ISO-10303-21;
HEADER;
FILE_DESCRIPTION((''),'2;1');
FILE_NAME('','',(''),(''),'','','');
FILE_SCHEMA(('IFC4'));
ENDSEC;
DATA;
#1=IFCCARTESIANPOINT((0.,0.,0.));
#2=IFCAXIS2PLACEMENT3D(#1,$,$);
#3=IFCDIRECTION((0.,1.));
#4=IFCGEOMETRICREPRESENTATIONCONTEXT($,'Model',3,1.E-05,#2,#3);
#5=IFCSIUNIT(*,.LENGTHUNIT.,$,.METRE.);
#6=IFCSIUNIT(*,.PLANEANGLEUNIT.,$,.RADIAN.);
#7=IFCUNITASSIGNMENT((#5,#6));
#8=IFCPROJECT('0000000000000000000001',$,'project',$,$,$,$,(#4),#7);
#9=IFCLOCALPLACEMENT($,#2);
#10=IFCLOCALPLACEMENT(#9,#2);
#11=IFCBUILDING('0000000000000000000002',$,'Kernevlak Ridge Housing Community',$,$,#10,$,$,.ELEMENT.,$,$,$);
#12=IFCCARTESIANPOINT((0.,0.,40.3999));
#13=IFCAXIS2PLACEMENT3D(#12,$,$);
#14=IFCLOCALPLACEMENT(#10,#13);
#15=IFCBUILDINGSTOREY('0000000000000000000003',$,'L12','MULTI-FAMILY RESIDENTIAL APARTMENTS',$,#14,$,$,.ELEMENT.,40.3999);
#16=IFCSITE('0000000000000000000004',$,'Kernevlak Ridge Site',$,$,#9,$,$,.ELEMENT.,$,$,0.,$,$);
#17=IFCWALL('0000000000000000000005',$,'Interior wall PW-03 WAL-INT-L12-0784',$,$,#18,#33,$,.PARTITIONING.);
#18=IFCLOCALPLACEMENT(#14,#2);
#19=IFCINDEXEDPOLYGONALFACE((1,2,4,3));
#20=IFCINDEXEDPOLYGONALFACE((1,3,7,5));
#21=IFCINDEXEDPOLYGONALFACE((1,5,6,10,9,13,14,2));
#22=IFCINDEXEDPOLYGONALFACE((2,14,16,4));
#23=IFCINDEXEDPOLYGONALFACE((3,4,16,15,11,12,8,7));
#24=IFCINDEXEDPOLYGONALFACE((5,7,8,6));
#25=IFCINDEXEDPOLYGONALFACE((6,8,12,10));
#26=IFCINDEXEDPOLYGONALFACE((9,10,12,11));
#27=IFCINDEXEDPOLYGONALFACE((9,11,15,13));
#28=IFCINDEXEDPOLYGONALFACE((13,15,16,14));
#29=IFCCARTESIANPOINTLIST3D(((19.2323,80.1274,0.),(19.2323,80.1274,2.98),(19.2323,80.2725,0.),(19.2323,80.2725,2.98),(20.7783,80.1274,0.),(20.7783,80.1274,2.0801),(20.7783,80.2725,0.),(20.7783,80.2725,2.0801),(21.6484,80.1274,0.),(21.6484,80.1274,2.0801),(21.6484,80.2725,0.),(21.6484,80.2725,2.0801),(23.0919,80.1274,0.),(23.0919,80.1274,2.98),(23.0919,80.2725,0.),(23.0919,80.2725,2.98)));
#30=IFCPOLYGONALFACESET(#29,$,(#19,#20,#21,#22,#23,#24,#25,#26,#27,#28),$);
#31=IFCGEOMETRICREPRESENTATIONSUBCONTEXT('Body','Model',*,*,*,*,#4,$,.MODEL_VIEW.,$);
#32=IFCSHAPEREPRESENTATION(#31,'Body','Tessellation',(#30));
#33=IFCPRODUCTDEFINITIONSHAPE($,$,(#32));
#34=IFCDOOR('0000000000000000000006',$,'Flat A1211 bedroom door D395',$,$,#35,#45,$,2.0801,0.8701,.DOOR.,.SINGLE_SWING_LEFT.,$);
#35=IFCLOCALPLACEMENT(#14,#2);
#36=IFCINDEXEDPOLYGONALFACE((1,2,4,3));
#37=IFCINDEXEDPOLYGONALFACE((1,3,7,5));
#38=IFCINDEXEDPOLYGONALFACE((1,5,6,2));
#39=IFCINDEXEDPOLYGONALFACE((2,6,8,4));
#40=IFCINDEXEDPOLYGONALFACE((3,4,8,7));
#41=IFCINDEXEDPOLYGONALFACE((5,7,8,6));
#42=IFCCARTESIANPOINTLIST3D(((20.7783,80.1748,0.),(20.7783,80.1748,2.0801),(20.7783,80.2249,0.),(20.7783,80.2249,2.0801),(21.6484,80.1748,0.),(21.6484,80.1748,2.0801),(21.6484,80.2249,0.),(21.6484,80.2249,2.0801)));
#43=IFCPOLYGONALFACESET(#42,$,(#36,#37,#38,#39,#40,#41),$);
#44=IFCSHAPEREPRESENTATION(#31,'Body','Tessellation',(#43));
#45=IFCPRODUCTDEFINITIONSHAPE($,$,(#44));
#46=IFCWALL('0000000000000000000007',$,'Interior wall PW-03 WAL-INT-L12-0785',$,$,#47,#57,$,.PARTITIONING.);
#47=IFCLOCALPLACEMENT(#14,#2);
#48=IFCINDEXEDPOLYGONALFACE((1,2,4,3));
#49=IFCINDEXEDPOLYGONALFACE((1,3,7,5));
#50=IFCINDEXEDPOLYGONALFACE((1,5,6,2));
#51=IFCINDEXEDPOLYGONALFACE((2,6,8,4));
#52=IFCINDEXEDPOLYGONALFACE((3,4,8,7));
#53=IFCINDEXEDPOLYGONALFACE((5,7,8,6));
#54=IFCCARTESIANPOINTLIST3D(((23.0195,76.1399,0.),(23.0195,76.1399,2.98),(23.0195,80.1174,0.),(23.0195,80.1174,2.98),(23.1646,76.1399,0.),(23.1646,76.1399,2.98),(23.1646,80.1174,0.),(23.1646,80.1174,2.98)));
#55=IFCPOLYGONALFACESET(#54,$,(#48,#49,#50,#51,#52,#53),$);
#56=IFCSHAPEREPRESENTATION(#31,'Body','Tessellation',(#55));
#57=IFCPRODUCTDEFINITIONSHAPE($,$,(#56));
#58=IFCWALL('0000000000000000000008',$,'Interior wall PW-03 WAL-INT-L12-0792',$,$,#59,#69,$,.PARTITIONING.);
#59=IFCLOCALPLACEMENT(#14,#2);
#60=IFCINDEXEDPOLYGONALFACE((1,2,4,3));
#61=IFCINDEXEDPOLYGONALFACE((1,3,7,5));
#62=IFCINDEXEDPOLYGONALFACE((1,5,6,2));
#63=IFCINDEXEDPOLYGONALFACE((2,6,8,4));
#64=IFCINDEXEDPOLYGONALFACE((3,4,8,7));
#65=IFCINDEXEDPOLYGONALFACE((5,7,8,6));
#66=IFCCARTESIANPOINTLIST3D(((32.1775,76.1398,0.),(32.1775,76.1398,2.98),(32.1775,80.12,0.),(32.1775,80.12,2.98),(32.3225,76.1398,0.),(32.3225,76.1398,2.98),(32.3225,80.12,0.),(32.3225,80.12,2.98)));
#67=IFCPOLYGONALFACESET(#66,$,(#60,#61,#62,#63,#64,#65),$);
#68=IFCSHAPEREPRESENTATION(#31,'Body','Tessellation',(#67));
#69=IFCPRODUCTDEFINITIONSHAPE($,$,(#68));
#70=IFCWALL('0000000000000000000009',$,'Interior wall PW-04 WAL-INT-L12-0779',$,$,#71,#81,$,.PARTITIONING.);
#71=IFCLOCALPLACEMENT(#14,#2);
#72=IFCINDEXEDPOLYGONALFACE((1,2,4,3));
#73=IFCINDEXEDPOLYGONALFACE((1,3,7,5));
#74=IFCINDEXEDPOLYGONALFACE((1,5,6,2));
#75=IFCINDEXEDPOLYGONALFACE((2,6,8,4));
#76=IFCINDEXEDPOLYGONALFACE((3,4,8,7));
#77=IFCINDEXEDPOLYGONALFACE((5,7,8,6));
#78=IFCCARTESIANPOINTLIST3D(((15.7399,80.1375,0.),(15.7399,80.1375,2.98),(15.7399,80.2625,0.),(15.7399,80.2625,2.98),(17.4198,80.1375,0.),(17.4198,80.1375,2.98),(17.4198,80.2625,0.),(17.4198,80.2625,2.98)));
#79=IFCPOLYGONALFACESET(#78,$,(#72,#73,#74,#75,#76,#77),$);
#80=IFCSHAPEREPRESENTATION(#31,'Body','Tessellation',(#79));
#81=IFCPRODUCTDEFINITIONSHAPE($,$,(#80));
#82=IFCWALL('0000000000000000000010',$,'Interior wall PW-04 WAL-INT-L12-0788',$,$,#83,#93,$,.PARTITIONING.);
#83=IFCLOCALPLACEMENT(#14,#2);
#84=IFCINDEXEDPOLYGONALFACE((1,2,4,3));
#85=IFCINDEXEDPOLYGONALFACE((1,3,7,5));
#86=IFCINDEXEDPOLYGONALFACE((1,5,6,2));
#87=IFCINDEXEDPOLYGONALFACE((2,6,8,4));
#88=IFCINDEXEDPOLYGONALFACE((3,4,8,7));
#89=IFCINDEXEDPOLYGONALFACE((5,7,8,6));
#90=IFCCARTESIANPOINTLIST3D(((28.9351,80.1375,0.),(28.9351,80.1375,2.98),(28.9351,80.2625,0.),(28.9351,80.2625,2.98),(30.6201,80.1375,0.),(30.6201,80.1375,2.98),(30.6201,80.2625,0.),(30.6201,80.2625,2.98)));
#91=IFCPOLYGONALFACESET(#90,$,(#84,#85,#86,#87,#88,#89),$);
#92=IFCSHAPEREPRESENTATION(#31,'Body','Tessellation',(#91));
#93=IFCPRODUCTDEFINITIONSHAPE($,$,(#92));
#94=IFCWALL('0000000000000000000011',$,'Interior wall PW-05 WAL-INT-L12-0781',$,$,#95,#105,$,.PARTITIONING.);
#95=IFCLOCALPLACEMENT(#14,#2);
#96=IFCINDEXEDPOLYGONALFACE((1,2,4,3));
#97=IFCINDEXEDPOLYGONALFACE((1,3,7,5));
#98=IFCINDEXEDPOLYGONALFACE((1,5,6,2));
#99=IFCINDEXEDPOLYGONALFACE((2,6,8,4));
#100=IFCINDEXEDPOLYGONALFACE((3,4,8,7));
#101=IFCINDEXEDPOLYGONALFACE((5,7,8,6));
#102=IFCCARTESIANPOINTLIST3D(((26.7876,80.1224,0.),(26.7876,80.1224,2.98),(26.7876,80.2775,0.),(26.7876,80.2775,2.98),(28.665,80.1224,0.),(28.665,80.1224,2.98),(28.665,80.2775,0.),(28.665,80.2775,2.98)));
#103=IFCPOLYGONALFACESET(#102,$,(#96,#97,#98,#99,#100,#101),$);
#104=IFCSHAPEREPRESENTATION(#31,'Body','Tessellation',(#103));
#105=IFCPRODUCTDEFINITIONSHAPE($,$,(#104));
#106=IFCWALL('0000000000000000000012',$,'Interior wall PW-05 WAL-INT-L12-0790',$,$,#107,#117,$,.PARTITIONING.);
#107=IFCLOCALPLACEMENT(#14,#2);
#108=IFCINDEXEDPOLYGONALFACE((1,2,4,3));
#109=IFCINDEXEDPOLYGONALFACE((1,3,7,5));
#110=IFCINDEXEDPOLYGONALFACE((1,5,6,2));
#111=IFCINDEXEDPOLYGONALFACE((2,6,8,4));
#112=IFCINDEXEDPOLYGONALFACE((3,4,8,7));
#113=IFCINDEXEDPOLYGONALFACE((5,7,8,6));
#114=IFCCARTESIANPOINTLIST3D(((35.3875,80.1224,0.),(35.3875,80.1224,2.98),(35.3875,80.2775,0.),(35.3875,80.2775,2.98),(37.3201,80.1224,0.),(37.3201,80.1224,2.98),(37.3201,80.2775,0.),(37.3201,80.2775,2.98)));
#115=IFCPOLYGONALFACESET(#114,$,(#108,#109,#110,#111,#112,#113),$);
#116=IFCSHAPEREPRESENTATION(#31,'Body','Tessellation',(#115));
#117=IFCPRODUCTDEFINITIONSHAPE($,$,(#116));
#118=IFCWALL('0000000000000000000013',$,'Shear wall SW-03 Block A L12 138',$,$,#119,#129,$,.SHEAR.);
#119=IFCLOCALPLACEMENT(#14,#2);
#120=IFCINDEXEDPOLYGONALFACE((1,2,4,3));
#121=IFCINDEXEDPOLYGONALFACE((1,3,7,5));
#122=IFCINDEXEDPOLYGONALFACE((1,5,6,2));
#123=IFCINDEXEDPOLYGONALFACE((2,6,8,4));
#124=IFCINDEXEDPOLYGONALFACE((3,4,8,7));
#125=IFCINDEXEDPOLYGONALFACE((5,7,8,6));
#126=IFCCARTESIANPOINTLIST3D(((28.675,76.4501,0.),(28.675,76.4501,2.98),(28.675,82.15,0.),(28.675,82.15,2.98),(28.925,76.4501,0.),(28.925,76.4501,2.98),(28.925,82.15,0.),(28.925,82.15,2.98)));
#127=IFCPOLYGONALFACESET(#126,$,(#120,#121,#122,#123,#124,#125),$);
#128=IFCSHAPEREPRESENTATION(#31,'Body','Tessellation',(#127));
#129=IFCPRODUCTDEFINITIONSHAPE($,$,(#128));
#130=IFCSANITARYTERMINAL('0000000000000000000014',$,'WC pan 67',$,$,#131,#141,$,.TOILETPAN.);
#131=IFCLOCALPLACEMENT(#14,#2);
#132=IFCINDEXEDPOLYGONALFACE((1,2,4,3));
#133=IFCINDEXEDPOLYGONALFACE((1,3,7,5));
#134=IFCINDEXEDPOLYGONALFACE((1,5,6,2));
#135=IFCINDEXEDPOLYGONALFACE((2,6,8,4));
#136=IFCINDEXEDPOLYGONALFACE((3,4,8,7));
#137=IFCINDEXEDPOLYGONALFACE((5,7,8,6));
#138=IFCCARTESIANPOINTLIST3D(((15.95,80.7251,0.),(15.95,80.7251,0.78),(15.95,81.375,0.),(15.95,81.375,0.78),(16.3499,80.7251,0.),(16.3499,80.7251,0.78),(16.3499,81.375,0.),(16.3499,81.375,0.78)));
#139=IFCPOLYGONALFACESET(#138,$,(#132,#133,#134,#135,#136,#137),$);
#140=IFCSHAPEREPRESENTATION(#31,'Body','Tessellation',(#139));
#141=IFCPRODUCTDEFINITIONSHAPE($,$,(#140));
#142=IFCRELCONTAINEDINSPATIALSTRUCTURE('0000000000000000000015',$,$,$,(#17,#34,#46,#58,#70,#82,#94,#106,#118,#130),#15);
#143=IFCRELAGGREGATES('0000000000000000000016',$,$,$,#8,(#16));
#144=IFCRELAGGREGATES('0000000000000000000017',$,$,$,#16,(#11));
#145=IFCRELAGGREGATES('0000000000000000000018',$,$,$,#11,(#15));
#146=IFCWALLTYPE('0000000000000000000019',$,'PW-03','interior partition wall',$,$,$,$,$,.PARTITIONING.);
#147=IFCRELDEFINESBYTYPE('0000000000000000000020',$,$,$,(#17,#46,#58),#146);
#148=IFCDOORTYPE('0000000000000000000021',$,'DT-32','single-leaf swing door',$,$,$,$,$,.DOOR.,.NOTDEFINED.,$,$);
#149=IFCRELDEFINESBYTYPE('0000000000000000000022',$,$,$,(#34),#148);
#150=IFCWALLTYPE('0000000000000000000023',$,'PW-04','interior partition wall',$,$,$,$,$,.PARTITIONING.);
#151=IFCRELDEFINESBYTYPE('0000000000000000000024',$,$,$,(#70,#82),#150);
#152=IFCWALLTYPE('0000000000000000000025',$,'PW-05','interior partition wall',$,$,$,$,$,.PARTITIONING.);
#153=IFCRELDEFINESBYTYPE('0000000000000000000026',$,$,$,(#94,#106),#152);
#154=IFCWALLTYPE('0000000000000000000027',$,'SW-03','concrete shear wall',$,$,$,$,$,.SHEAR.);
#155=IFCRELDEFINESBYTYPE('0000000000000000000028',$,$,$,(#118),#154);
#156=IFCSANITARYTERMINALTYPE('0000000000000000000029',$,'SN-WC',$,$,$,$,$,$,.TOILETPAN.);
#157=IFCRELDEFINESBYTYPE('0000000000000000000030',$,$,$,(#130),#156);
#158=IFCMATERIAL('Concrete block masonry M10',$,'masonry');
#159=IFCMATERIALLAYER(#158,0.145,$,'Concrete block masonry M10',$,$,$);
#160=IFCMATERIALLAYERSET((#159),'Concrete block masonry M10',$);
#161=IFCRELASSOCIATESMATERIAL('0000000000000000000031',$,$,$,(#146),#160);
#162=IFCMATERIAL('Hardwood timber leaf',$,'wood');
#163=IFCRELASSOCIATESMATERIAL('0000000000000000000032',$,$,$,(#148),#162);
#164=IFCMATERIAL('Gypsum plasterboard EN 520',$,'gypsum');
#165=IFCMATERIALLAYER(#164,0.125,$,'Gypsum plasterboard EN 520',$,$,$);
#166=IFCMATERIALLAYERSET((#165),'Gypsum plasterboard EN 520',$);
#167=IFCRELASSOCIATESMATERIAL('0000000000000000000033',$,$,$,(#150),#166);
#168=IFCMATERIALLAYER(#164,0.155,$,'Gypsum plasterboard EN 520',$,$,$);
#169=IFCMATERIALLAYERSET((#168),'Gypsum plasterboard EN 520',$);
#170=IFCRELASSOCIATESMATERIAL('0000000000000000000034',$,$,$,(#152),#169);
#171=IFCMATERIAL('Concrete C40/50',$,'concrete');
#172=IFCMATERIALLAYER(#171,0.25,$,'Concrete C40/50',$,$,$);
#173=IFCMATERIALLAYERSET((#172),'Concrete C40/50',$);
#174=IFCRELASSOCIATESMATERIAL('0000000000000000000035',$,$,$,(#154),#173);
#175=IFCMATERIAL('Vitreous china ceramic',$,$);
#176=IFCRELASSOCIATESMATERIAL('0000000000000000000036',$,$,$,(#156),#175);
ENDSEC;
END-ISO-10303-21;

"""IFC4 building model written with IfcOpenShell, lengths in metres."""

from ifc_helpers import new_model, si_unit, direction, frame, frame_2d, origin, origin_2d, place, context, subcontext, project, spatial, rectangle, extrude, material, layer, layer_set, type_object, element, fill, save


model = new_model("IFC4")

# Units and contexts
model_context = context("Model", 3, precision=1e-05, world=origin(), true_north=direction((0.0, 1.0)))
body_context = subcontext(model_context, "Body", "Model", "MODEL_VIEW")
ifc_project = project(units=[si_unit("LENGTHUNIT", "METRE"), si_unit("PLANEANGLEUNIT", "RADIAN")], contexts=[model_context])

# Site, building, storey
site_placement = place(None, origin())
site = spatial("IfcSite", under=ifc_project, at=site_placement, Name="Kernevlak Ridge Site", CompositionType="ELEMENT", RefElevation=0.0)
building_placement = place(site_placement, origin())
building = spatial("IfcBuilding", under=site, at=building_placement, Name="Kernevlak Ridge Housing Community", CompositionType="ELEMENT")
storey_placement = place(building_placement, frame((0.0, 0.0, 40.3999)))
storey = spatial("IfcBuildingStorey", under=building, at=storey_placement, Name="L12", Description="MULTI-FAMILY RESIDENTIAL APARTMENTS", CompositionType="ELEMENT", Elevation=40.3999)

# Shared definitions
ifc_material_1 = material(Name="Concrete block masonry M10", Category="masonry")

# Shared definitions
ifc_layer_1 = layer(ifc_material_1, 0.145, Name="Concrete block masonry M10")
ifc_layer_set_1 = layer_set([ifc_layer_1], Name="Concrete block masonry M10")
wall_type_1 = type_object("IfcWallType", Name="PW-03", Description="interior partition wall", PredefinedType="PARTITIONING", material=ifc_layer_set_1)
ifc_material_2 = material(Name="Hardwood timber leaf", Category="wood")

# Wall, opening, door
wall_1_placement = place(storey_placement, frame((19.2324, 80.2, 0.0), z_axis=(0.0, 0.0, 1.0), x_axis=(1.0, 0.0, 0.0)))
wall_1 = element("IfcWall", 1, at=wall_1_placement, inside=storey, type_object=wall_type_1, Name="Interior wall PW-03 WAL-INT-L12-0784", PredefinedType="PARTITIONING", context=body_context, shape_type="SweptSolid", body=[
    extrude(rectangle(XDim=3.8596, YDim=0.145, at=frame_2d((1.9297, 0.0))), origin(), (0.0, 0.0, 1.0), 2.98),
])
opening_1_placement = place(wall_1_placement, frame((1.5459, 0.0, 0.0)))
opening_1 = element("IfcOpeningElement", 2, at=opening_1_placement, cuts=wall_1, PredefinedType="OPENING", context=body_context, shape_type="SweptSolid", body=[
    extrude(rectangle(XDim=0.8701, YDim=2.0801, at=frame_2d((0.4351, 1.04))), frame((0.0, 0.0825, 0.0), z_axis=(0.0, -1.0, 0.0), x_axis=(1.0, 0.0, 0.0)), (0.0, 0.0, 1.0), 0.165),
])
door_type_1 = type_object("IfcDoorType", Name="DT-32", Description="single-leaf swing door", OperationType="NOTDEFINED", PredefinedType="DOOR", material=ifc_material_2)
door_1_placement = place(opening_1_placement, origin())
door_1 = element("IfcDoor", 3, at=door_1_placement, inside=storey, type_object=door_type_1, Name="Flat A1211 bedroom door D395", OperationType="SINGLE_SWING_LEFT", OverallHeight=2.0801, OverallWidth=0.8701, PredefinedType="DOOR", context=body_context, shape_type="SweptSolid", body=[
    extrude(rectangle(XDim=0.8701, YDim=2.0801, at=frame_2d((0.4351, 1.04))), frame((0.0, 0.0249, 0.0), z_axis=(0.0, -1.0, 0.0), x_axis=(1.0, 0.0, 0.0)), (0.0, 0.0, 1.0), 0.05),
])
fill(opening_1, door_1)

# Walls
wall_2_placement = place(storey_placement, frame((23.092, 80.1174, 0.0), z_axis=(0.0, 0.0, 1.0), x_axis=(0.0, -1.0, 0.0)))
element("IfcWall", 4, at=wall_2_placement, inside=storey, type_object=wall_type_1, Name="Interior wall PW-03 WAL-INT-L12-0785", PredefinedType="PARTITIONING", context=body_context, shape_type="SweptSolid", body=[
    extrude(rectangle(XDim=3.9775, YDim=0.145, at=frame_2d((1.9888, 0.0))), origin(), (0.0, 0.0, 1.0), 2.98),
])
wall_3_placement = place(storey_placement, frame((32.25, 80.1201, 0.0), z_axis=(0.0, 0.0, 1.0), x_axis=(0.0, -1.0, 0.0)))
element("IfcWall", 5, at=wall_3_placement, inside=storey, type_object=wall_type_1, Name="Interior wall PW-03 WAL-INT-L12-0792", PredefinedType="PARTITIONING", context=body_context, shape_type="SweptSolid", body=[
    extrude(rectangle(XDim=3.9802, YDim=0.145, at=frame_2d((1.9902, 0.0))), origin(), (0.0, 0.0, 1.0), 2.98),
])
ifc_material_3 = material(Name="Gypsum plasterboard EN 520", Category="gypsum")
ifc_layer_2 = layer(ifc_material_3, 0.125, Name="Gypsum plasterboard EN 520")
ifc_layer_set_2 = layer_set([ifc_layer_2], Name="Gypsum plasterboard EN 520")
wall_type_2 = type_object("IfcWallType", Name="PW-04", Description="interior partition wall", PredefinedType="PARTITIONING", material=ifc_layer_set_2)
wall_4_placement = place(storey_placement, frame((15.74, 80.2, 0.0), z_axis=(0.0, 0.0, 1.0), x_axis=(1.0, 0.0, 0.0)))
element("IfcWall", 6, at=wall_4_placement, inside=storey, type_object=wall_type_2, Name="Interior wall PW-04 WAL-INT-L12-0779", PredefinedType="PARTITIONING", context=body_context, shape_type="SweptSolid", body=[
    extrude(rectangle(XDim=1.6799, YDim=0.125, at=frame_2d((0.8398, 0.0))), origin(), (0.0, 0.0, 1.0), 2.98),
])
wall_5_placement = place(storey_placement, frame((28.9351, 80.2, 0.0), z_axis=(0.0, 0.0, 1.0), x_axis=(1.0, 0.0, 0.0)))
element("IfcWall", 7, at=wall_5_placement, inside=storey, type_object=wall_type_2, Name="Interior wall PW-04 WAL-INT-L12-0788", PredefinedType="PARTITIONING", context=body_context, shape_type="SweptSolid", body=[
    extrude(rectangle(XDim=1.6851, YDim=0.125, at=frame_2d((0.8425, 0.0))), origin(), (0.0, 0.0, 1.0), 2.98),
])
ifc_layer_3 = layer(ifc_material_3, 0.155, Name="Gypsum plasterboard EN 520")
ifc_layer_set_3 = layer_set([ifc_layer_3], Name="Gypsum plasterboard EN 520")
wall_type_3 = type_object("IfcWallType", Name="PW-05", Description="interior partition wall", PredefinedType="PARTITIONING", material=ifc_layer_set_3)
wall_6_placement = place(storey_placement, frame((26.7876, 80.2, 0.0), z_axis=(0.0, 0.0, 1.0), x_axis=(1.0, 0.0, 0.0)))
element("IfcWall", 8, at=wall_6_placement, inside=storey, type_object=wall_type_3, Name="Interior wall PW-05 WAL-INT-L12-0781", PredefinedType="PARTITIONING", context=body_context, shape_type="SweptSolid", body=[
    extrude(rectangle(XDim=1.8774, YDim=0.155, at=frame_2d((0.9387, 0.0))), origin(), (0.0, 0.0, 1.0), 2.98),
])
wall_7_placement = place(storey_placement, frame((35.3875, 80.2, 0.0), z_axis=(0.0, 0.0, 1.0), x_axis=(1.0, 0.0, 0.0)))
element("IfcWall", 9, at=wall_7_placement, inside=storey, type_object=wall_type_3, Name="Interior wall PW-05 WAL-INT-L12-0790", PredefinedType="PARTITIONING", context=body_context, shape_type="SweptSolid", body=[
    extrude(rectangle(XDim=1.9326, YDim=0.155, at=frame_2d((0.9663, 0.0))), origin(), (0.0, 0.0, 1.0), 2.98),
])

# Wall
ifc_material_4 = material(Name="Concrete C40/50", Category="concrete")
ifc_layer_4 = layer(ifc_material_4, 0.25, Name="Concrete C40/50")
ifc_layer_set_4 = layer_set([ifc_layer_4], Name="Concrete C40/50")
wall_type_4 = type_object("IfcWallType", Name="SW-03", Description="concrete shear wall", PredefinedType="SHEAR", material=ifc_layer_set_4)
wall_8_placement = place(storey_placement, frame((28.8, 76.45, 0.0), z_axis=(0.0, 0.0, 1.0), x_axis=(0.0, 1.0, 0.0)))
element("IfcWall", 10, at=wall_8_placement, inside=storey, type_object=wall_type_4, Name="Shear wall SW-03 Block A L12 138", PredefinedType="SHEAR", context=body_context, shape_type="SweptSolid", body=[
    extrude(rectangle(XDim=5.7, YDim=0.25, at=frame_2d((2.8501, 0.0))), origin(), (0.0, 0.0, 1.0), 2.98),
])

# Sanitary terminal
ifc_material_5 = material(Name="Vitreous china ceramic")
sanitary_terminal_type = type_object("IfcSanitaryTerminalType", Name="SN-WC", PredefinedType="TOILETPAN", material=ifc_material_5)
sanitary_terminal_placement = place(storey_placement, frame((16.1499, 81.05, 0.0), z_axis=(0.0, 0.0, 1.0), x_axis=(1.0, 0.0, 0.0)))
element("IfcSanitaryTerminal", 11, at=sanitary_terminal_placement, inside=storey, type_object=sanitary_terminal_type, Name="WC pan 67", PredefinedType="TOILETPAN", context=body_context, shape_type="SweptSolid", body=[
    extrude(rectangle(XDim=0.3999, YDim=0.6499, at=origin_2d()), origin(), (0.0, 0.0, 1.0), 0.78),
])

save(model, "model.ifc")
